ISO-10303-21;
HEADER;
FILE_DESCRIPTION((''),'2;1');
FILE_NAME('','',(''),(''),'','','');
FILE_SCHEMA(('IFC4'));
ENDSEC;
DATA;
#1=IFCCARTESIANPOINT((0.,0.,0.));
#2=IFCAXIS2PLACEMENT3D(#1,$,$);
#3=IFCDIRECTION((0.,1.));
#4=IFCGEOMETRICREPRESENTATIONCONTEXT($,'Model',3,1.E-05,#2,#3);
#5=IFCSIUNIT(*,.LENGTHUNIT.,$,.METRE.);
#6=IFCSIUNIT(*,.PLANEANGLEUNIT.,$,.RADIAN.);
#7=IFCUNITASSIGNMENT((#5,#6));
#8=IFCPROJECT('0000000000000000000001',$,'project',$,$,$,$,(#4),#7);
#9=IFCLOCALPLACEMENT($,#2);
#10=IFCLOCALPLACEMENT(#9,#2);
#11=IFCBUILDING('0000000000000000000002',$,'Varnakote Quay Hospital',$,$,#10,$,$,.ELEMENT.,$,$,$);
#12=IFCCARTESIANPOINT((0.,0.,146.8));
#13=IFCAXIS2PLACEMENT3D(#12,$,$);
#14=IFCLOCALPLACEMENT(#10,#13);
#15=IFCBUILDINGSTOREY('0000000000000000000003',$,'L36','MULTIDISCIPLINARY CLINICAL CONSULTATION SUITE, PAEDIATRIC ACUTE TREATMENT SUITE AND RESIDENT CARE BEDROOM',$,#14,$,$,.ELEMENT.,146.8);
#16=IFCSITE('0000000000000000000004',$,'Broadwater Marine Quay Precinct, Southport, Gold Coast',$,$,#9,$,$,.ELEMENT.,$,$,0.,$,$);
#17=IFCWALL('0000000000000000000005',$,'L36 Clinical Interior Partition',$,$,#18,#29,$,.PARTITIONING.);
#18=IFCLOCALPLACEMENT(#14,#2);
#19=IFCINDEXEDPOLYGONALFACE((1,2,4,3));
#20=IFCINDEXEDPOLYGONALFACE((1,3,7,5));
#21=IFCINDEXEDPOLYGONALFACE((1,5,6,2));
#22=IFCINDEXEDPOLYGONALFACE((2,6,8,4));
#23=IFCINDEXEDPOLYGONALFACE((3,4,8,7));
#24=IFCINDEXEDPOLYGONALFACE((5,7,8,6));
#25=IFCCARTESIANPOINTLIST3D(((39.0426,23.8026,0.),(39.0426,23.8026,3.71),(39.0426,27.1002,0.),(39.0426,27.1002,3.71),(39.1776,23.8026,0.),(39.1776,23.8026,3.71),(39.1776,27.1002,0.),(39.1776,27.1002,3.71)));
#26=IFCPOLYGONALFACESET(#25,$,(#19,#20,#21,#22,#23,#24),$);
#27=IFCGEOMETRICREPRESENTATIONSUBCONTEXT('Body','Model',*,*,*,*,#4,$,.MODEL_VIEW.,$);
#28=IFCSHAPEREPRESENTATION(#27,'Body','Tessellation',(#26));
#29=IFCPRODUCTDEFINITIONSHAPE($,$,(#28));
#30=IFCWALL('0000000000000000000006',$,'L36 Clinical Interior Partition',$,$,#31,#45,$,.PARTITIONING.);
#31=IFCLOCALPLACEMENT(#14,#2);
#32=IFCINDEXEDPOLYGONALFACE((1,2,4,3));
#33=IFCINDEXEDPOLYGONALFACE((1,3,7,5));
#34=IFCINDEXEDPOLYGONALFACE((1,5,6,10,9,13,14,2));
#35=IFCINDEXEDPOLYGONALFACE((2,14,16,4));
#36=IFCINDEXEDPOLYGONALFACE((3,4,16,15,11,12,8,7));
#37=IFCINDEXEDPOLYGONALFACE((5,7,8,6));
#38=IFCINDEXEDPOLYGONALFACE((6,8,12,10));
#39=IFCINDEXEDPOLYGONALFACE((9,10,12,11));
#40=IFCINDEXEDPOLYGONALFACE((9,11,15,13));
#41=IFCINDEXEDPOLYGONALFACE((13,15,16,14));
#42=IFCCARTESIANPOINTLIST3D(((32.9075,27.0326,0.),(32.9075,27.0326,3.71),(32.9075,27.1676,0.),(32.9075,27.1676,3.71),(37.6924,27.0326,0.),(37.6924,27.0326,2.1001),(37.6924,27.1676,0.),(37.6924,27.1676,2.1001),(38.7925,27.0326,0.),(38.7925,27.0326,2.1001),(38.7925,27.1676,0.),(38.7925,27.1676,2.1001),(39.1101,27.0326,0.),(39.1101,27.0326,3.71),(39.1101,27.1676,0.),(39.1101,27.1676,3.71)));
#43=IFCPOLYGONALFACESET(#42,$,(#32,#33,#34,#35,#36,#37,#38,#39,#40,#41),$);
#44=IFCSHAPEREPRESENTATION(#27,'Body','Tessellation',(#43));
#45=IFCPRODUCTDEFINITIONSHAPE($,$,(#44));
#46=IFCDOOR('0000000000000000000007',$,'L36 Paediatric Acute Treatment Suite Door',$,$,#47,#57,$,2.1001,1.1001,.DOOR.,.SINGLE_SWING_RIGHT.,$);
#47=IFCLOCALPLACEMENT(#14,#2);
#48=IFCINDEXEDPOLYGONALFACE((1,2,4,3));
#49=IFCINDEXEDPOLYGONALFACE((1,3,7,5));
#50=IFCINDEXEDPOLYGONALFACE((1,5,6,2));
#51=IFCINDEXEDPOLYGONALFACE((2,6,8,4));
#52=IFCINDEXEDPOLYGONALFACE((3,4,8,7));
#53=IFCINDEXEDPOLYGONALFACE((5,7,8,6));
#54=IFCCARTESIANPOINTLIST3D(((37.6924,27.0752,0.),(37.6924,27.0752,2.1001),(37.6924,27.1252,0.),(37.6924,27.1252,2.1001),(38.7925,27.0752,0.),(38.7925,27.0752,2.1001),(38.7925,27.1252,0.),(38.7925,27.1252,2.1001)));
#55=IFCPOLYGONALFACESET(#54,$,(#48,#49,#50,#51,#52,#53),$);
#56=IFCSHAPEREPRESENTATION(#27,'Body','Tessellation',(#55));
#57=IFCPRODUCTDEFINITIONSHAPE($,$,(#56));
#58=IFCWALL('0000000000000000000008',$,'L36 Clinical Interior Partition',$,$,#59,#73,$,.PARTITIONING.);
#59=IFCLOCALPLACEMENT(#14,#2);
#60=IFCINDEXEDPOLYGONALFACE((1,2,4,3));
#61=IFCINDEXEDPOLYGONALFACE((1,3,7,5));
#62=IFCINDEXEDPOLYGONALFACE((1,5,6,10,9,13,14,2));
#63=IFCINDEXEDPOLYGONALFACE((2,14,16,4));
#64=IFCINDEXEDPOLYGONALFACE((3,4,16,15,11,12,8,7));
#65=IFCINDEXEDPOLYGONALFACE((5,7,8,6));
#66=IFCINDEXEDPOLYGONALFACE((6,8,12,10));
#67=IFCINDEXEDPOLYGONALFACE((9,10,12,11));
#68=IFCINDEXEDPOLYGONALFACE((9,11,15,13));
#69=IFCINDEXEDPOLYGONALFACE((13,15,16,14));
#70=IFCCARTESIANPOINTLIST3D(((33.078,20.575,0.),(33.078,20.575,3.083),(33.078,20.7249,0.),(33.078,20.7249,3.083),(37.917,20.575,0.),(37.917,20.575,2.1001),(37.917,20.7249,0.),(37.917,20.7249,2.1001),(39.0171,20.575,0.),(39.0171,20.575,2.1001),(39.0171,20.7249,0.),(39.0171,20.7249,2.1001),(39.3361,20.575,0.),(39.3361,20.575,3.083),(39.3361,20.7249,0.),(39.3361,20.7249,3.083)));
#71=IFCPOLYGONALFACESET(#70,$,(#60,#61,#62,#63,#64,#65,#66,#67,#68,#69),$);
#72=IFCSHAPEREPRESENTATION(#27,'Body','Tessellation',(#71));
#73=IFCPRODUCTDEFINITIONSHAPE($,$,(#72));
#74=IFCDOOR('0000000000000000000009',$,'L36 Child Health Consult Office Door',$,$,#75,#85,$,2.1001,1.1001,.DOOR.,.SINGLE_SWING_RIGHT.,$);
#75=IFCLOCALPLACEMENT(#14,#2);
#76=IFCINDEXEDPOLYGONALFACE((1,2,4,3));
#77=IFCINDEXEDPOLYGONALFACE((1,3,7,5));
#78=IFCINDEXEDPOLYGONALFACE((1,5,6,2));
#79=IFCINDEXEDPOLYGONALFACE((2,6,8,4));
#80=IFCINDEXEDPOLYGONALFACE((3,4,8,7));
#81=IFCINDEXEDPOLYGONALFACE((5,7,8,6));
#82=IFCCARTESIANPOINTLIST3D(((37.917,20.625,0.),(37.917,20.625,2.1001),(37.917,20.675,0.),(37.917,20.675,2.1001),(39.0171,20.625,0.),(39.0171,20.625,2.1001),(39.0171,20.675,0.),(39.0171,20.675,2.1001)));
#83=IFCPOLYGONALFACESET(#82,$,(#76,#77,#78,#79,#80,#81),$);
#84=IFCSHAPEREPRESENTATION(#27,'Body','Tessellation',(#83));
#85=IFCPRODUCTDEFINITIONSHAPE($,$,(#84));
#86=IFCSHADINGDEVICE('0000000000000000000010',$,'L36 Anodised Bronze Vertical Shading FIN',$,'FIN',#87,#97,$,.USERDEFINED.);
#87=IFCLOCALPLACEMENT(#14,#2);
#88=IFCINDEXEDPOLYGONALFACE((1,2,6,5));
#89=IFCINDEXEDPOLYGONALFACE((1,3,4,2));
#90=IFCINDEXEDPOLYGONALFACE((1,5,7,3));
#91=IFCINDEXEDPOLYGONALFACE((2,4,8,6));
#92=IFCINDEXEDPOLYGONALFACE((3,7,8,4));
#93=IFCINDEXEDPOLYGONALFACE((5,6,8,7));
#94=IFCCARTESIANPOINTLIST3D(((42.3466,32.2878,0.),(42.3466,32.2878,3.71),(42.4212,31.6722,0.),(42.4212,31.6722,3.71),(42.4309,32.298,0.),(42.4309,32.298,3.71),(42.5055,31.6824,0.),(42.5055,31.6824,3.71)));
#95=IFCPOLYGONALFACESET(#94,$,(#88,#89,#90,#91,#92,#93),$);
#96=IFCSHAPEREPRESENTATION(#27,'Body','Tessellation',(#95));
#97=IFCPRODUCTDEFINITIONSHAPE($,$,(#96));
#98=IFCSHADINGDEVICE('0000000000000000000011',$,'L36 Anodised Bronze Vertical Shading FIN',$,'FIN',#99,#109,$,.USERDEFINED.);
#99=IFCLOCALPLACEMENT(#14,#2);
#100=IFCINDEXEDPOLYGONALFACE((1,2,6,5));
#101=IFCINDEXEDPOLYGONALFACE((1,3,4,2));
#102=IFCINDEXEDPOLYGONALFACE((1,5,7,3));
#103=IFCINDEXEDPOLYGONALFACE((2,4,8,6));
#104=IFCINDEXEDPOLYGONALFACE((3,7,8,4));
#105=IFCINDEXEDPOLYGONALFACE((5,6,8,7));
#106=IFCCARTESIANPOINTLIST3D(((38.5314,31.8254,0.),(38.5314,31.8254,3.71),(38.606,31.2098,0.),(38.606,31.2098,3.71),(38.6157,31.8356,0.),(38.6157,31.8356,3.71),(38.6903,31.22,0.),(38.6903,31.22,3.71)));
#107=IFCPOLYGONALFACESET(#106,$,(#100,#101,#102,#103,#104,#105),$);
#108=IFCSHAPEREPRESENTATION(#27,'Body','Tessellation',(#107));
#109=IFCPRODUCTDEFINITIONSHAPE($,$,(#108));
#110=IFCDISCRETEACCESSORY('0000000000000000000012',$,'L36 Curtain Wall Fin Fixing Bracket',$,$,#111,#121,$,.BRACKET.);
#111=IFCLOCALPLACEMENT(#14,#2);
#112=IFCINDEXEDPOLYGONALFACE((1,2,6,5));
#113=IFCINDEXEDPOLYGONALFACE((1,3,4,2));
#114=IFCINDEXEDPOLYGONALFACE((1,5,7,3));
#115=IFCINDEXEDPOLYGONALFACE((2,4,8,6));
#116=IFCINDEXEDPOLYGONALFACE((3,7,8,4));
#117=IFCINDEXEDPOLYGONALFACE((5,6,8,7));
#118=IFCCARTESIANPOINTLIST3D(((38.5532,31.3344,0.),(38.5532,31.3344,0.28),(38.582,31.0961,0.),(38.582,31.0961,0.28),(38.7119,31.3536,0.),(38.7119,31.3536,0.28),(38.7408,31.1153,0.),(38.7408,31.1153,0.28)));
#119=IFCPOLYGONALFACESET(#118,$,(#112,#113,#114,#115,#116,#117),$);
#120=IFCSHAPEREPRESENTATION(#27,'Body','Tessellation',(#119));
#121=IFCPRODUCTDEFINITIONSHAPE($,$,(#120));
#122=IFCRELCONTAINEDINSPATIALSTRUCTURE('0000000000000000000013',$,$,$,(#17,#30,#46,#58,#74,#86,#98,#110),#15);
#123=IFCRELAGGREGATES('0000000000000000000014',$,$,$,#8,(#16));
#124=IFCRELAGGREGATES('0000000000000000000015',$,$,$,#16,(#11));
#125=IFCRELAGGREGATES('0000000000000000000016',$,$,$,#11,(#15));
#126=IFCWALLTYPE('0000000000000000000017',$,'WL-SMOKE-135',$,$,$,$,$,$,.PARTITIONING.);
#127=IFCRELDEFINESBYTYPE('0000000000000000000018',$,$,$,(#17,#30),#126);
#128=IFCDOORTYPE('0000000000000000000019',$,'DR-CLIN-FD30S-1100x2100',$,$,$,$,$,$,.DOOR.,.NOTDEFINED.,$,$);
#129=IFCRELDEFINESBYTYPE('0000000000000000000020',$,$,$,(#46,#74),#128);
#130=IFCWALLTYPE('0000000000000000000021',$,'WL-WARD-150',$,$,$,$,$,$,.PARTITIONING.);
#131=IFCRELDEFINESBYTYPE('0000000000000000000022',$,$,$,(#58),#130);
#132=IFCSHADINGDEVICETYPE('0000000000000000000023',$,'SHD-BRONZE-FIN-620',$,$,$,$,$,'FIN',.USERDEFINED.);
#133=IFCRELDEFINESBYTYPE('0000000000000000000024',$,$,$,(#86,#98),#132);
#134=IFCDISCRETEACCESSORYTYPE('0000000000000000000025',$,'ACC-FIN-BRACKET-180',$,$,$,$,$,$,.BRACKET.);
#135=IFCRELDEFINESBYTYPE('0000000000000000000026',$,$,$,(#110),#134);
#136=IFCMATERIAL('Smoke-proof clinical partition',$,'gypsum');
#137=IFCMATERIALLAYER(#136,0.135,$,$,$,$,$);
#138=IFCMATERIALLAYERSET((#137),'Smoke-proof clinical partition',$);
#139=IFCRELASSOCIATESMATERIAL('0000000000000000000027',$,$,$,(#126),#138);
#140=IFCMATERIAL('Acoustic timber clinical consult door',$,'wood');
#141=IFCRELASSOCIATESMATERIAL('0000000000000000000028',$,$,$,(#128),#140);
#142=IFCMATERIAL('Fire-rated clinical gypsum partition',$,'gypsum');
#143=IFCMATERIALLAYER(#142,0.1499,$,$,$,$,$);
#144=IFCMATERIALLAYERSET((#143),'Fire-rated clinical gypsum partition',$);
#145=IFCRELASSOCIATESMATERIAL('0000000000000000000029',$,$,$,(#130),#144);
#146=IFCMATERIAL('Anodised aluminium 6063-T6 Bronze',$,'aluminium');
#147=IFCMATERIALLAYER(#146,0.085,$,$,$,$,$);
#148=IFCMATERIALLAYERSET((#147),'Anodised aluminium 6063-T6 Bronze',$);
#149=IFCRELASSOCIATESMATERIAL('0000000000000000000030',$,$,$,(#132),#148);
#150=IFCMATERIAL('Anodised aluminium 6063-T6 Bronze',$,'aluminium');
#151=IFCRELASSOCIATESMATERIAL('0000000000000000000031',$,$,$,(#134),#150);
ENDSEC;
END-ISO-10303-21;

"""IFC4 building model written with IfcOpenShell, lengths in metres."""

from ifc_helpers import new_model, si_unit, direction, frame, frame_2d, origin, origin_2d, place, context, subcontext, project, spatial, rectangle, extrude, material, layer, layer_set, type_object, element, fill, save


model = new_model("IFC4")

# Units and contexts
model_context = context("Model", 3, precision=1e-05, world=origin(), true_north=direction((0.0, 1.0)))
body_context = subcontext(model_context, "Body", "Model", "MODEL_VIEW")
ifc_project = project(units=[si_unit("LENGTHUNIT", "METRE"), si_unit("PLANEANGLEUNIT", "RADIAN")], contexts=[model_context])

# Site, building, storey
site_placement = place(None, origin())
site = spatial("IfcSite", under=ifc_project, at=site_placement, Name="Broadwater Marine Quay Precinct, Southport, Gold Coast", CompositionType="ELEMENT", RefElevation=0.0)
building_placement = place(site_placement, origin())
building = spatial("IfcBuilding", under=site, at=building_placement, Name="Varnakote Quay Hospital", CompositionType="ELEMENT")
storey_placement = place(building_placement, frame((0.0, 0.0, 146.8)))
storey = spatial("IfcBuildingStorey", under=building, at=storey_placement, Name="L36", Description="MULTIDISCIPLINARY CLINICAL CONSULTATION SUITE, PAEDIATRIC ACUTE TREATMENT SUITE AND RESIDENT CARE BEDROOM", CompositionType="ELEMENT", Elevation=146.8)

# Wall
ifc_material_1 = material(Name="Smoke-proof clinical partition", Category="gypsum")
ifc_layer_1 = layer(ifc_material_1, 0.135)
ifc_layer_set_1 = layer_set([ifc_layer_1], Name="Smoke-proof clinical partition")
wall_type_1 = type_object("IfcWallType", Name="WL-SMOKE-135", PredefinedType="PARTITIONING", material=ifc_layer_set_1)
wall_1_placement = place(storey_placement, frame((39.1101, 23.8025, 0.0), z_axis=(0.0, 0.0, 1.0), x_axis=(0.0, 1.0, 0.0)))
element("IfcWall", 1, at=wall_1_placement, inside=storey, type_object=wall_type_1, Name="L36 Clinical Interior Partition", PredefinedType="PARTITIONING", context=body_context, shape_type="SweptSolid", body=[
    extrude(rectangle(XDim=3.2976, YDim=0.135, at=frame_2d((1.6489, 0.0))), origin(), (0.0, 0.0, 1.0), 3.71),
])

# Walls, openings, doors
wall_2_placement = place(storey_placement, frame((39.1101, 27.1001, 0.0), z_axis=(0.0, 0.0, 1.0), x_axis=(-1.0, 0.0, 0.0)))
wall_2 = element("IfcWall", 2, at=wall_2_placement, inside=storey, type_object=wall_type_1, Name="L36 Clinical Interior Partition", PredefinedType="PARTITIONING", context=body_context, shape_type="SweptSolid", body=[
    extrude(rectangle(XDim=6.2026, YDim=0.135, at=frame_2d((3.1013, 0.0))), origin(), (0.0, 0.0, 1.0), 3.71),
])
opening_1_placement = place(wall_2_placement, frame((0.3176, 0.0, 0.0)))
opening_1 = element("IfcOpeningElement", 3, at=opening_1_placement, cuts=wall_2, PredefinedType="OPENING", context=body_context, shape_type="SweptSolid", body=[
    extrude(rectangle(XDim=1.1001, YDim=2.1001, at=frame_2d((0.55, 1.05))), frame((0.0, 0.0774, 0.0), z_axis=(0.0, -1.0, 0.0), x_axis=(1.0, 0.0, 0.0)), (0.0, 0.0, 1.0), 0.155),
])
ifc_material_2 = material(Name="Acoustic timber clinical consult door", Category="wood")
door_type_1 = type_object("IfcDoorType", Name="DR-CLIN-FD30S-1100x2100", OperationType="NOTDEFINED", PredefinedType="DOOR", material=ifc_material_2)
door_1_placement = place(opening_1_placement, origin())
door_1 = element("IfcDoor", 4, at=door_1_placement, inside=storey, type_object=door_type_1, Name="L36 Paediatric Acute Treatment Suite Door", OperationType="SINGLE_SWING_RIGHT", OverallHeight=2.1001, OverallWidth=1.1001, PredefinedType="DOOR", context=body_context, shape_type="SweptSolid", body=[
    extrude(rectangle(XDim=1.1001, YDim=2.1001, at=frame_2d((0.55, 1.05))), frame((0.0, 0.0249, 0.0), z_axis=(0.0, -1.0, 0.0), x_axis=(1.0, 0.0, 0.0)), (0.0, 0.0, 1.0), 0.05),
])
fill(opening_1, door_1)
ifc_material_3 = material(Name="Fire-rated clinical gypsum partition", Category="gypsum")
ifc_layer_2 = layer(ifc_material_3, 0.1499)
ifc_layer_set_2 = layer_set([ifc_layer_2], Name="Fire-rated clinical gypsum partition")
wall_type_2 = type_object("IfcWallType", Name="WL-WARD-150", PredefinedType="PARTITIONING", material=ifc_layer_set_2)
wall_3_placement = place(storey_placement, frame((39.3359, 20.6499, 0.0), z_axis=(0.0, 0.0, 1.0), x_axis=(-1.0, 0.0, 0.0)))
wall_3 = element("IfcWall", 5, at=wall_3_placement, inside=storey, type_object=wall_type_2, Name="L36 Clinical Interior Partition", PredefinedType="PARTITIONING", context=body_context, shape_type="SweptSolid", body=[
    extrude(rectangle(XDim=6.2581, YDim=0.1499, at=frame_2d((3.1289, 0.0))), origin(), (0.0, 0.0, 1.0), 3.083),
])
opening_2_placement = place(wall_3_placement, frame((0.3188, 0.0, 0.0)))
opening_2 = element("IfcOpeningElement", 6, at=opening_2_placement, cuts=wall_3, PredefinedType="OPENING", context=body_context, shape_type="SweptSolid", body=[
    extrude(rectangle(XDim=1.1001, YDim=2.1001, at=frame_2d((0.55, 1.05))), frame((0.0, 0.085, 0.0), z_axis=(0.0, -1.0, 0.0), x_axis=(1.0, 0.0, 0.0)), (0.0, 0.0, 1.0), 0.1699),
])
door_2_placement = place(opening_2_placement, origin())
door_2 = element("IfcDoor", 7, at=door_2_placement, inside=storey, type_object=door_type_1, Name="L36 Child Health Consult Office Door", OperationType="SINGLE_SWING_RIGHT", OverallHeight=2.1001, OverallWidth=1.1001, PredefinedType="DOOR", context=body_context, shape_type="SweptSolid", body=[
    extrude(rectangle(XDim=1.1001, YDim=2.1001, at=frame_2d((0.55, 1.05))), frame((0.0, 0.0249, 0.0), z_axis=(0.0, -1.0, 0.0), x_axis=(1.0, 0.0, 0.0)), (0.0, 0.0, 1.0), 0.05),
])
fill(opening_2, door_2)

# Shading devices
ifc_material_4 = material(Name="Anodised aluminium 6063-T6 Bronze", Category="aluminium")
ifc_layer_3 = layer(ifc_material_4, 0.085)
ifc_layer_set_3 = layer_set([ifc_layer_3], Name="Anodised aluminium 6063-T6 Bronze")
shading_device_type = type_object("IfcShadingDeviceType", Name="SHD-BRONZE-FIN-620", ElementType="FIN", PredefinedType="USERDEFINED", material=ifc_layer_set_3)
for number, where, z_axis, x_axis, name in (
    (8, (42.426, 31.9851, 0.0), (0.0, 0.0, 1.0), (0.12031, -0.992736, 0.0), "L36 Anodised Bronze Vertical Shading FIN"),
    (9, (38.6108, 31.5227, 0.0), (0.0, 0.0, 1.0), (0.12031, -0.992736, 0.0), "L36 Anodised Bronze Vertical Shading FIN"),
):
    element("IfcShadingDevice", number, at=place(storey_placement, frame(where, z_axis=z_axis, x_axis=x_axis)), inside=storey, type_object=shading_device_type, Name=name, ObjectType="FIN", PredefinedType="USERDEFINED", context=body_context, shape_type="SweptSolid", body=[
        extrude(rectangle(XDim=0.6201, YDim=0.085, at=origin_2d()), origin(), (0.0, 0.0, 1.0), 3.71),
    ])

# Discrete accessory
ifc_material_5 = material(Name="Anodised aluminium 6063-T6 Bronze", Category="aluminium")
discrete_accessory_type = type_object("IfcDiscreteAccessoryType", Name="ACC-FIN-BRACKET-180", PredefinedType="BRACKET", material=ifc_material_5)
discrete_accessory_placement = place(storey_placement, frame((38.647, 31.2249, 0.0), z_axis=(0.0, 0.0, 1.0), x_axis=(-0.992736, -0.12031, 0.0)))
element("IfcDiscreteAccessory", 10, at=discrete_accessory_placement, inside=storey, type_object=discrete_accessory_type, Name="L36 Curtain Wall Fin Fixing Bracket", PredefinedType="BRACKET", context=body_context, shape_type="SweptSolid", body=[
    extrude(rectangle(XDim=0.1599, YDim=0.24, at=origin_2d()), origin(), (0.0, 0.0, 1.0), 0.28),
])

save(model, "model.ifc")
